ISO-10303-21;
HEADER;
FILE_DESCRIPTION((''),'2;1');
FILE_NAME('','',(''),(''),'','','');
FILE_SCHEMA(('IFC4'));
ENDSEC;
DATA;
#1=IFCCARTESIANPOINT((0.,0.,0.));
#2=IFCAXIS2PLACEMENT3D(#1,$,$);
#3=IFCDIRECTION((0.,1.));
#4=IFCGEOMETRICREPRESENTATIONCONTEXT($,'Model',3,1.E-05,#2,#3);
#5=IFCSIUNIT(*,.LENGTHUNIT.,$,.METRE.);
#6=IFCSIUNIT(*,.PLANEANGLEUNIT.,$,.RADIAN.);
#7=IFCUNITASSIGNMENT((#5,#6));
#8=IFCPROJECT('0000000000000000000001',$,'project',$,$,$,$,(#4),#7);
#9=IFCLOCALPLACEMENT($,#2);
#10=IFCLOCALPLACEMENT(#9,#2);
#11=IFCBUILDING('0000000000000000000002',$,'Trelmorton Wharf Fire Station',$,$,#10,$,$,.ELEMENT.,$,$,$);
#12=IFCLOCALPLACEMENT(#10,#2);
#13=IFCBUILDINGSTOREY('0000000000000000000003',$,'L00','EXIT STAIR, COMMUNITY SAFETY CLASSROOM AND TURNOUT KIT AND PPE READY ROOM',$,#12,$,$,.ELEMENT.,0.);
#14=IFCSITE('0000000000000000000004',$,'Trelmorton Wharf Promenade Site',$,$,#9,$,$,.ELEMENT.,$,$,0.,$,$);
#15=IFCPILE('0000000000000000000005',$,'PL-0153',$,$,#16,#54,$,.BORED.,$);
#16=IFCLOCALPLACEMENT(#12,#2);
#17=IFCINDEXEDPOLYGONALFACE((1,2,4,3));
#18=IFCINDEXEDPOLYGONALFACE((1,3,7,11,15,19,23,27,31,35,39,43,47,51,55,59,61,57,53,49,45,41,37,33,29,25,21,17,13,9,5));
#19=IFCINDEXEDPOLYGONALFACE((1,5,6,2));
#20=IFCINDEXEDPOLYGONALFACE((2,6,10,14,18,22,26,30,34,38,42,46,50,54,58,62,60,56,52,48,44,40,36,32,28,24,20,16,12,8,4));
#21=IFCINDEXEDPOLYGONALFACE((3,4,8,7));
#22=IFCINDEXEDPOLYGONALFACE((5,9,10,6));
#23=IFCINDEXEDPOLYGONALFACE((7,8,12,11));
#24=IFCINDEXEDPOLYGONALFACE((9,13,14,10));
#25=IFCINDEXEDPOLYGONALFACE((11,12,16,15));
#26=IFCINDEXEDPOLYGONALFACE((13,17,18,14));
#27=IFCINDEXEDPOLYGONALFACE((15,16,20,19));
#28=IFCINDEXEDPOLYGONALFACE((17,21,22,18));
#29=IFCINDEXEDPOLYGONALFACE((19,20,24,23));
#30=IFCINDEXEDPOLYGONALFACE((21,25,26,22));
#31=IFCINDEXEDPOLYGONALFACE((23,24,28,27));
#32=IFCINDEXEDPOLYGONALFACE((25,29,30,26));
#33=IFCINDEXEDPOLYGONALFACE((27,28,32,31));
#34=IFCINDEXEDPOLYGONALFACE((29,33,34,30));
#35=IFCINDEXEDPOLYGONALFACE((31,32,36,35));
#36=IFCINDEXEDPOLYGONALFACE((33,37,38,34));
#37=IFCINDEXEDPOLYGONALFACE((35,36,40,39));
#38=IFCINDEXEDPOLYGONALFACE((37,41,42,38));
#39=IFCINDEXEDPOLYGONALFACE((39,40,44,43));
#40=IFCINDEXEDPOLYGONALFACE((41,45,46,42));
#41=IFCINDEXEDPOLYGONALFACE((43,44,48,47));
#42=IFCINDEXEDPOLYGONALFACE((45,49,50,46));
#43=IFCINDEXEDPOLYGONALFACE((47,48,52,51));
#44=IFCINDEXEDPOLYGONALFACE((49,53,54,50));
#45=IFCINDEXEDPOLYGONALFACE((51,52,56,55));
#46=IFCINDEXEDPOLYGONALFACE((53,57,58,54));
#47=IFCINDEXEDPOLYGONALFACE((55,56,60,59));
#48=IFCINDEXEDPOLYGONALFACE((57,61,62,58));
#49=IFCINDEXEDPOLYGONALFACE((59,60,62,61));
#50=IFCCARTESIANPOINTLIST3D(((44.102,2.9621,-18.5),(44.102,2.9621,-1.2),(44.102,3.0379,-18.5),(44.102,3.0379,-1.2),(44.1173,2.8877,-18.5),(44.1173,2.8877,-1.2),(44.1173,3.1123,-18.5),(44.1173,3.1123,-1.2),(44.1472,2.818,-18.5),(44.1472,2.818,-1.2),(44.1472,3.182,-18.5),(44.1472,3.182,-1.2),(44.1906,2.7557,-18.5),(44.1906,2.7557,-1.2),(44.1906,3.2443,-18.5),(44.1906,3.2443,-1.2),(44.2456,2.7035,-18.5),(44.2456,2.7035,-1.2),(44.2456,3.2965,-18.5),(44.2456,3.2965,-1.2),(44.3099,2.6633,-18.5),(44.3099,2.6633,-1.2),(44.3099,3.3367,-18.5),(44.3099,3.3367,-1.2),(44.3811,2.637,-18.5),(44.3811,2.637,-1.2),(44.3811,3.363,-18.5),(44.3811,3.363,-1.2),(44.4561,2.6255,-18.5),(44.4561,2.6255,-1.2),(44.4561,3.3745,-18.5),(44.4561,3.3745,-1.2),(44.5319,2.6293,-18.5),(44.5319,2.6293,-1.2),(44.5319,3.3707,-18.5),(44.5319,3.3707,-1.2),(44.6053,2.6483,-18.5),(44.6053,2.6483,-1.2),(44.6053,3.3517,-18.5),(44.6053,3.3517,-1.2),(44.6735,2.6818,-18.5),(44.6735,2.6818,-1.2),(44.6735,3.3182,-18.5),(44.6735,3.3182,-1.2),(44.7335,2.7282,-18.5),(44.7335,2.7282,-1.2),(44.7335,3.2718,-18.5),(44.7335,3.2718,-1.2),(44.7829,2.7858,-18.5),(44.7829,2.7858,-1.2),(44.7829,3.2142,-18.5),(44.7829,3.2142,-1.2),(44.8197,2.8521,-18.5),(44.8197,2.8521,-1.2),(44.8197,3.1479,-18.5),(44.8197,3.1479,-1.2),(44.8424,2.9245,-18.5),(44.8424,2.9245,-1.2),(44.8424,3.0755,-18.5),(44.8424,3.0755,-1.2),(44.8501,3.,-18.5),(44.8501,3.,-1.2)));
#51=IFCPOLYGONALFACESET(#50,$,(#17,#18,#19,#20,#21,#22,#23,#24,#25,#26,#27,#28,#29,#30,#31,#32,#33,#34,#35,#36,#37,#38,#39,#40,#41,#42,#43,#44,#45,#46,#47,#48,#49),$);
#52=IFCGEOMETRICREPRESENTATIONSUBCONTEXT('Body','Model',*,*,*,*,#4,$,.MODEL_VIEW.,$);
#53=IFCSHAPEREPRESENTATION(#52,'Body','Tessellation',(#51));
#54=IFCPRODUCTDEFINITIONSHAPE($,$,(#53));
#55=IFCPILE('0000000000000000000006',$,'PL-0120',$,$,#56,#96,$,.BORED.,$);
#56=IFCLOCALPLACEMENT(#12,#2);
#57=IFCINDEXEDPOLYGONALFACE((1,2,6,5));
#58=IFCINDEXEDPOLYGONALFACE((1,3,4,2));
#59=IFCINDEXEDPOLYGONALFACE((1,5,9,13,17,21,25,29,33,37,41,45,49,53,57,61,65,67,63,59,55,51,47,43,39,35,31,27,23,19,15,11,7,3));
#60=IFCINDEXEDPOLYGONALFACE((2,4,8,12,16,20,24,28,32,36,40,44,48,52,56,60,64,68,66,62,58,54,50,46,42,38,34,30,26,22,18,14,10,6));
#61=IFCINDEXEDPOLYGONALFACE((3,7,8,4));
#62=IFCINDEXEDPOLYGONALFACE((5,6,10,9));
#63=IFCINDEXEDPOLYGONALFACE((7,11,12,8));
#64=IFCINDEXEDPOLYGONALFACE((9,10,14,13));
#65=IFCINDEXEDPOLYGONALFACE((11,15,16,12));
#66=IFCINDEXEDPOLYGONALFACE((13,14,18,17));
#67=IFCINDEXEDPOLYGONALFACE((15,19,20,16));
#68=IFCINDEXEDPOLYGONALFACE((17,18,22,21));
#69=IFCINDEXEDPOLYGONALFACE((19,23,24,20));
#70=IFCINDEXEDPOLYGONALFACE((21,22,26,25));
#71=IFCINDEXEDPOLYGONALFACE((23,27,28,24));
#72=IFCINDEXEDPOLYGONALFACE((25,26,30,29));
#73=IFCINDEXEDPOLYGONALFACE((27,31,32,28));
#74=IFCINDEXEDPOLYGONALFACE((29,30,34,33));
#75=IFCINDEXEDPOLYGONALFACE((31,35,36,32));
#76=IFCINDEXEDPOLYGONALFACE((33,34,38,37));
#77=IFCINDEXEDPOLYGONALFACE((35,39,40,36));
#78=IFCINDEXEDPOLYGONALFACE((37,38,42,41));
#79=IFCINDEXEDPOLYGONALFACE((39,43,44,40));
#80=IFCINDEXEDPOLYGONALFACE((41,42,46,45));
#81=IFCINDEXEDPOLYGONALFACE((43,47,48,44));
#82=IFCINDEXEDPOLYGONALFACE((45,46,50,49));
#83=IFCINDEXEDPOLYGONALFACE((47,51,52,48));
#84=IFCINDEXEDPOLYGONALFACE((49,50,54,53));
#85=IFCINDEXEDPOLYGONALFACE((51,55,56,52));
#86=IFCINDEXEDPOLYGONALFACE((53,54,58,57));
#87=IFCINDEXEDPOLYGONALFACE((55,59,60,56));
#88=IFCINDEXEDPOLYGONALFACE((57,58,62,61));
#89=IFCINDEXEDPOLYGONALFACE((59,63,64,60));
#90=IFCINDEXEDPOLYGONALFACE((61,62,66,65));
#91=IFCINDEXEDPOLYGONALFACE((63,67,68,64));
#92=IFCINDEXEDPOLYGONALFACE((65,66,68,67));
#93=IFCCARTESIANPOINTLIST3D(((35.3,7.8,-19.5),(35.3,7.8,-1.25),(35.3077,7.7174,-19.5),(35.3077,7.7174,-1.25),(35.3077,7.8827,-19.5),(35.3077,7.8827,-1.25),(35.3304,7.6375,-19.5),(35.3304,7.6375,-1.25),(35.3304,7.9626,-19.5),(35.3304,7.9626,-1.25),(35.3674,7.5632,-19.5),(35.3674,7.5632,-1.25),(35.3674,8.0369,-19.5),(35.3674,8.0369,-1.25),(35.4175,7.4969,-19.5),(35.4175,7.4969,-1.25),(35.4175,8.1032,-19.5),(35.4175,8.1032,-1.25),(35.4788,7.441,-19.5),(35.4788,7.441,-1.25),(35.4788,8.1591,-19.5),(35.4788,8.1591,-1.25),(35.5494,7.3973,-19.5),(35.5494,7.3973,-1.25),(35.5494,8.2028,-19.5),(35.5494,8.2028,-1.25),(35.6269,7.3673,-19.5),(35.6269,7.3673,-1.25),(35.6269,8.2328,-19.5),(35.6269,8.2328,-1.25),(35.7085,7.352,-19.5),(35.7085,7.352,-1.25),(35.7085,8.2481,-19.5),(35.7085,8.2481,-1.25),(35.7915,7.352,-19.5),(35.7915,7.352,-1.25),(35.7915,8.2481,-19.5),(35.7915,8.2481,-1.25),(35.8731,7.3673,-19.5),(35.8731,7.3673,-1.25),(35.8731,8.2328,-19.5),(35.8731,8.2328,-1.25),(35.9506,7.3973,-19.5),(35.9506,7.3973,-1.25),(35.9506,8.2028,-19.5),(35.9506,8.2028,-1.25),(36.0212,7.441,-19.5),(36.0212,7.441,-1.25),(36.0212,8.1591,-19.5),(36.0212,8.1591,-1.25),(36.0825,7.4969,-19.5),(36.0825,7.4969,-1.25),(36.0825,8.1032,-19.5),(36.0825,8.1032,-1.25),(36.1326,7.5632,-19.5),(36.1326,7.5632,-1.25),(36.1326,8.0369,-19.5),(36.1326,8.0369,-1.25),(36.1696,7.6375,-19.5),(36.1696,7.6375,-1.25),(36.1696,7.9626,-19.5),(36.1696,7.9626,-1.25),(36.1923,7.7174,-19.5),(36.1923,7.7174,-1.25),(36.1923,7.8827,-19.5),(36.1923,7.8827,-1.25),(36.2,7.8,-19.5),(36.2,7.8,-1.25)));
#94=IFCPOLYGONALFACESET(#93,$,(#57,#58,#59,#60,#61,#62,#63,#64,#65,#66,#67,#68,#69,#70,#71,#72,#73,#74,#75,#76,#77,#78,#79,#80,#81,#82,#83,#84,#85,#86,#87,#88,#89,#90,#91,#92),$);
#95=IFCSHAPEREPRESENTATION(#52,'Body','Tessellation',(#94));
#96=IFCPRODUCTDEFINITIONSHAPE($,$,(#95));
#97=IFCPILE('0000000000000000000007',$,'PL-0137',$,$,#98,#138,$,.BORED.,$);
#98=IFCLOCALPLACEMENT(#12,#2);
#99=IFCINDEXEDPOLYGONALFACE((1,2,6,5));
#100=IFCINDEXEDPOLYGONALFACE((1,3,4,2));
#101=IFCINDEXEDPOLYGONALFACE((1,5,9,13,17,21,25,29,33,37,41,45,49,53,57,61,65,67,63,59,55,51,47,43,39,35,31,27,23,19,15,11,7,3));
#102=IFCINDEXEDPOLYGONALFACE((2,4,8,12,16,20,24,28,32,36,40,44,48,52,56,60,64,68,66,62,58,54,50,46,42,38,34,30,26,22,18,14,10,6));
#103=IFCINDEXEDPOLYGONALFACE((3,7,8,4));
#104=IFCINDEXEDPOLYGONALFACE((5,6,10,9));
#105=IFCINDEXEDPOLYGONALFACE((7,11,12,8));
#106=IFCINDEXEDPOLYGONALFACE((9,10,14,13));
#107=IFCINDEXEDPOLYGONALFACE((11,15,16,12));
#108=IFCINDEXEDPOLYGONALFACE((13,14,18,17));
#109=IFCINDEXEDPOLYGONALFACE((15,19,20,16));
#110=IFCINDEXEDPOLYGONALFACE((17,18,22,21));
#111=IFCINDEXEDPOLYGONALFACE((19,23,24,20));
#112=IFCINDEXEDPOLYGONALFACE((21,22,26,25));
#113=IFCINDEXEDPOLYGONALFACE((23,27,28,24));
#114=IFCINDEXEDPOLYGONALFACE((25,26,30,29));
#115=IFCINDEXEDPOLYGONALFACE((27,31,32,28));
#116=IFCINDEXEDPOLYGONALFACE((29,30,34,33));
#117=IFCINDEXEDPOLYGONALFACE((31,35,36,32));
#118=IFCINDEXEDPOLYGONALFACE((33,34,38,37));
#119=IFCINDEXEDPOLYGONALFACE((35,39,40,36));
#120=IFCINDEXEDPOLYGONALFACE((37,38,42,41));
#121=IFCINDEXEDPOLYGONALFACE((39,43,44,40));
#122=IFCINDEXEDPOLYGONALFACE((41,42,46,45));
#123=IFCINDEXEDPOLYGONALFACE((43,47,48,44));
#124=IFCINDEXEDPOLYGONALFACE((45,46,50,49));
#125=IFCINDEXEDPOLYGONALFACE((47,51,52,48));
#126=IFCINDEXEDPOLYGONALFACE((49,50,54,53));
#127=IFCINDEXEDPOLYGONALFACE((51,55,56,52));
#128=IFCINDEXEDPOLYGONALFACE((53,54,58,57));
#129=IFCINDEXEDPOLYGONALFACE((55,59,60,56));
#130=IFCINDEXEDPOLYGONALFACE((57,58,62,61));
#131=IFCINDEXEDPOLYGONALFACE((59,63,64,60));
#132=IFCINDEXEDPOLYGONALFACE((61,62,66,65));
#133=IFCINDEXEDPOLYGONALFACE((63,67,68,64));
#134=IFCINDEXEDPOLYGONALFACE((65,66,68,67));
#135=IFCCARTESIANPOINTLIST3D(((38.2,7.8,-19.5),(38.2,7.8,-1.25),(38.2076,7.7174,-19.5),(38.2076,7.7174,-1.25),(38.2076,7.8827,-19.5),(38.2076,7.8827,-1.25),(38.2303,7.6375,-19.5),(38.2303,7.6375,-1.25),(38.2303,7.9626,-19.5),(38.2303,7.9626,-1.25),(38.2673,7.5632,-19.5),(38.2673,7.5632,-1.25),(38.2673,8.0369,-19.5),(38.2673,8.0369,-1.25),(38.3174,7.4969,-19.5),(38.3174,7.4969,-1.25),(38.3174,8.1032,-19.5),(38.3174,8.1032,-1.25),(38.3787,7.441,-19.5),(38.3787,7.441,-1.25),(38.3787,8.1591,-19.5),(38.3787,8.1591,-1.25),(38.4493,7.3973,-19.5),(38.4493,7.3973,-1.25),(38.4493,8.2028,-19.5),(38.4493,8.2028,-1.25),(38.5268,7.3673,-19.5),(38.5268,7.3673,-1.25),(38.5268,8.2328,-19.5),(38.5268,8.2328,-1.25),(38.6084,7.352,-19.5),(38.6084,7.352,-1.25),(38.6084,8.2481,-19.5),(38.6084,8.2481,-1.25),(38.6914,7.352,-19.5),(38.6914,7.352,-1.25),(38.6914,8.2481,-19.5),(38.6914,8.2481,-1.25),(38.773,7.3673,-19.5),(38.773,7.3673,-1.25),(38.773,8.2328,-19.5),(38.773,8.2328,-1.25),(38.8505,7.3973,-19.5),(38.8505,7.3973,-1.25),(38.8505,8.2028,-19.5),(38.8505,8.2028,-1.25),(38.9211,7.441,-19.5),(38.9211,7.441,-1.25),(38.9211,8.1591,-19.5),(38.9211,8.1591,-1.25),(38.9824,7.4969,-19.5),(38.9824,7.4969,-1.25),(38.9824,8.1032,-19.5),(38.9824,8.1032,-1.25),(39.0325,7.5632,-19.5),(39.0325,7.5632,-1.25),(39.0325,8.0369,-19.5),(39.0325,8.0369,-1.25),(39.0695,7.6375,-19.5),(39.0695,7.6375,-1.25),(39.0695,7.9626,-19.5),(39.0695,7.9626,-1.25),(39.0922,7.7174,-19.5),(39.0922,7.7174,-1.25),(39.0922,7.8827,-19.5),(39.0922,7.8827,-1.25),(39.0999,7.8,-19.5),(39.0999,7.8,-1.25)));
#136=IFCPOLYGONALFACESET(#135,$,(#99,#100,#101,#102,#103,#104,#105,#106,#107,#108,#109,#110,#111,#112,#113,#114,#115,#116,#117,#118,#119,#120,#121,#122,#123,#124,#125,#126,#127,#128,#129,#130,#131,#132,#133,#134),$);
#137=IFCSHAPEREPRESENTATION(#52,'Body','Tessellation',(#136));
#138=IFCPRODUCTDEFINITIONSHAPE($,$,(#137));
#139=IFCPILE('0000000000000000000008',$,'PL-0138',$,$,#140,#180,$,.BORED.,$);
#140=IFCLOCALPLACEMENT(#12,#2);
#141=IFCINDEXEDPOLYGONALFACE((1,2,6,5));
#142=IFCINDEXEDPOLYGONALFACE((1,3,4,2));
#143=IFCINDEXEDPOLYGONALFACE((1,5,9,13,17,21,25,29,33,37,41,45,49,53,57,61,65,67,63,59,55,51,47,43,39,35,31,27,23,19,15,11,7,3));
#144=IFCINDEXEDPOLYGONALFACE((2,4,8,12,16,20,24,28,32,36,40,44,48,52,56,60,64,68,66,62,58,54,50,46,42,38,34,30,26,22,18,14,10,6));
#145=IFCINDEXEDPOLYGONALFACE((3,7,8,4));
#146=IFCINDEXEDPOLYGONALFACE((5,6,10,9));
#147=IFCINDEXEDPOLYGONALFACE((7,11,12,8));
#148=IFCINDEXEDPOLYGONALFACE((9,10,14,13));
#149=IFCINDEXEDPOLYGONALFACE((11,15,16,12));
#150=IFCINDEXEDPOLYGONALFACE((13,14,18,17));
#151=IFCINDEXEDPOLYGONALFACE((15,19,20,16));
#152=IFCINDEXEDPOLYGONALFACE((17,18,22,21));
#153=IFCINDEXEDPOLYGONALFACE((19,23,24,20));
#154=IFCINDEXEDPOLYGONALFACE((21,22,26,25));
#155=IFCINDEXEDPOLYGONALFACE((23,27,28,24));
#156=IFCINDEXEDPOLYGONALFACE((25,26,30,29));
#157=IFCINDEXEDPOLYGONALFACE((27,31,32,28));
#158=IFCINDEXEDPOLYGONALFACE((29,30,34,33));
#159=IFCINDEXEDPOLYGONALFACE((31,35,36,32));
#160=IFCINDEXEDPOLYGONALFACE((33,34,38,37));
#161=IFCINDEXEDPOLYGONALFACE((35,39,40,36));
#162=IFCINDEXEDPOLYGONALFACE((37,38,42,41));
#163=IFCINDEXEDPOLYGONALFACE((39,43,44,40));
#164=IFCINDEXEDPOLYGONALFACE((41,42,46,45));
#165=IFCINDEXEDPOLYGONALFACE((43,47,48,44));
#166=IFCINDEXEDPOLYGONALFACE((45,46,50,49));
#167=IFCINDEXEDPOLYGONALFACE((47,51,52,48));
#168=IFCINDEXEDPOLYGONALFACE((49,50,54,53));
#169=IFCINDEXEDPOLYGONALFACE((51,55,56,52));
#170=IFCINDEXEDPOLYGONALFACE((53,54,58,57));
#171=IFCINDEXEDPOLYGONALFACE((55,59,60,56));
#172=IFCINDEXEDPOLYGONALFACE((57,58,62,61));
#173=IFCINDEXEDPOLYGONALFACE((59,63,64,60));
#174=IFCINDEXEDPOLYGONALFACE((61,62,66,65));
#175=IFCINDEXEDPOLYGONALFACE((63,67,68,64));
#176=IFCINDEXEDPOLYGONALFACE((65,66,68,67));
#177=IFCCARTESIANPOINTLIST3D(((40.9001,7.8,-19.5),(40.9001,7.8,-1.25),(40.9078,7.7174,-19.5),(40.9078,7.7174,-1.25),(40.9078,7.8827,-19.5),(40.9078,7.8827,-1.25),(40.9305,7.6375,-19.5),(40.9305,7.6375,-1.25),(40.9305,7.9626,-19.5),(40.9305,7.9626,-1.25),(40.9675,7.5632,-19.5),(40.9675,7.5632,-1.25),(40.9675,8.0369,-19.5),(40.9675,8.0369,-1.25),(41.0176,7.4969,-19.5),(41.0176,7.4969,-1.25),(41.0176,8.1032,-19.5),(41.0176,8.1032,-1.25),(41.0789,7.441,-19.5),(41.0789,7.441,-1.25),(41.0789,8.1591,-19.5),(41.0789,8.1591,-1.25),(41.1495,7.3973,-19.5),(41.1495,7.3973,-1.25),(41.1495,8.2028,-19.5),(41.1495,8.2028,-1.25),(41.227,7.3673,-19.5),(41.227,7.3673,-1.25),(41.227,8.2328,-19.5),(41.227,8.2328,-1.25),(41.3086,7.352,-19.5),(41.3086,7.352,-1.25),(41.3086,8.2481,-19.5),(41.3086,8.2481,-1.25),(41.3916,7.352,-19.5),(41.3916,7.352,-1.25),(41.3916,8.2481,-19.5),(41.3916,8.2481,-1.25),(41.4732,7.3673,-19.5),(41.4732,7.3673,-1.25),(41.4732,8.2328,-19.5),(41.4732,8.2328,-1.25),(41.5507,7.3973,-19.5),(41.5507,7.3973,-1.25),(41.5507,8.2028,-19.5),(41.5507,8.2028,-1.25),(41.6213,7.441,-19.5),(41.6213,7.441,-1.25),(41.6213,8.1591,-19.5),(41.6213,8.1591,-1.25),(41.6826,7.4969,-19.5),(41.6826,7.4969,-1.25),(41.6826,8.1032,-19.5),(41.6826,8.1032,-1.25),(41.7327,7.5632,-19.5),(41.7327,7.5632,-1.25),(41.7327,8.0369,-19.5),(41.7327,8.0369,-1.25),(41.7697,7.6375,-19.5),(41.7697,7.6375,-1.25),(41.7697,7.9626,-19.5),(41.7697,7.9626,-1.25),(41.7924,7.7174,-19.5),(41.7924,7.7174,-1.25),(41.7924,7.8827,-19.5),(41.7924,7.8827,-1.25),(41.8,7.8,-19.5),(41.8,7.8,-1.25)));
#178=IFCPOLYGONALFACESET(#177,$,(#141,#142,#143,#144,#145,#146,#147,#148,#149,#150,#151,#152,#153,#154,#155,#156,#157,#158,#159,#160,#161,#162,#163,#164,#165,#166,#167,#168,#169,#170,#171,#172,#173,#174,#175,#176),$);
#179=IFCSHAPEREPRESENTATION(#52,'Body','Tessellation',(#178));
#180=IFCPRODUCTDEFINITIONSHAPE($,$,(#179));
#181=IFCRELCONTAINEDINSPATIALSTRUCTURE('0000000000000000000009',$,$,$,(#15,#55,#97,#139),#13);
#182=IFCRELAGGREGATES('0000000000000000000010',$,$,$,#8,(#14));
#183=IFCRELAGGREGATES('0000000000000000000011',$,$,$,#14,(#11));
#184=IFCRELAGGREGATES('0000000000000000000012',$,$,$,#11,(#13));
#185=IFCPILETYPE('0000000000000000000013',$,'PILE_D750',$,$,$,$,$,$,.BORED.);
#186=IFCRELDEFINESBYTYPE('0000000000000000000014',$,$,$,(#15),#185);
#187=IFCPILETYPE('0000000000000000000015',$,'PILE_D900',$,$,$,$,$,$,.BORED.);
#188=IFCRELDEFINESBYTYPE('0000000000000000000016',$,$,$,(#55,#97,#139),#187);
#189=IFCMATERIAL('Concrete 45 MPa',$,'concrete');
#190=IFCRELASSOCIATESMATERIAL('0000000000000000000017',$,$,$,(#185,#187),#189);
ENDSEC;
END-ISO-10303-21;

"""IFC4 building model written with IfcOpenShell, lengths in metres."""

from ifc_helpers import new_model, si_unit, direction, frame, origin, origin_2d, place, context, subcontext, project, spatial, circle, extrude, material, material_profile, profile_set, type_object, element, save


model = new_model("IFC4")

# Units and contexts
model_context = context("Model", 3, precision=1e-05, world=origin(), true_north=direction((0.0, 1.0)))
body_context = subcontext(model_context, "Body", "Model", "MODEL_VIEW")
ifc_project = project(units=[si_unit("LENGTHUNIT", "METRE"), si_unit("PLANEANGLEUNIT", "RADIAN")], contexts=[model_context])

# Site, building, storey
site_placement = place(None, origin())
site = spatial("IfcSite", under=ifc_project, at=site_placement, Name="Trelmorton Wharf Promenade Site", CompositionType="ELEMENT", RefElevation=0.0)
building_placement = place(site_placement, origin())
building = spatial("IfcBuilding", under=site, at=building_placement, Name="Trelmorton Wharf Fire Station", CompositionType="ELEMENT")
storey_placement = place(building_placement, origin())
storey = spatial("IfcBuildingStorey", under=building, at=storey_placement, Name="L00", Description="EXIT STAIR, COMMUNITY SAFETY CLASSROOM AND TURNOUT KIT AND PPE READY ROOM", CompositionType="ELEMENT", Elevation=0.0)

# Piles
ifc_material_1 = material(Name="Concrete 45 MPa", Category="concrete")
ifc_material_profile_1 = material_profile(ifc_material_1, circle(Radius=0.375, at=origin_2d()), Name="PILE-D750")
ifc_profile_set_1 = profile_set([ifc_material_profile_1], Name="Concrete 45 MPa")
pile_type_1 = type_object("IfcPileType", Name="PILE_D750", PredefinedType="BORED", material=ifc_profile_set_1)
for number, where, z_axis, x_axis, name in (
    (1, (44.4751, 3.0, -1.2), (0.0, 0.0, -1.0), (1.0, 0.0, 0.0), "PL-0153"),
):
    element("IfcPile", number, at=place(storey_placement, frame(where, z_axis=z_axis, x_axis=x_axis)), inside=storey, type_object=pile_type_1, Name=name, PredefinedType="BORED", context=body_context, shape_type="SweptSolid", body=[
        extrude(circle(Radius=0.375, at=origin_2d()), origin(), (0.0, 0.0, 1.0), 17.3),
    ])
ifc_material_profile_2 = material_profile(ifc_material_1, circle(Radius=0.45, at=origin_2d()), Name="PILE-D900")
ifc_profile_set_2 = profile_set([ifc_material_profile_2], Name="Concrete 45 MPa")
pile_type_2 = type_object("IfcPileType", Name="PILE_D900", PredefinedType="BORED", material=ifc_profile_set_2)
for number, where, z_axis, x_axis, name in (
    (2, (35.75, 7.8, -1.25), (0.0, 0.0, -1.0), (1.0, 0.0, 0.0), "PL-0120"),
    (3, (38.6499, 7.8, -1.25), (0.0, 0.0, -1.0), (1.0, 0.0, 0.0), "PL-0137"),
    (4, (41.3501, 7.8, -1.25), (0.0, 0.0, -1.0), (1.0, 0.0, 0.0), "PL-0138"),
):
    element("IfcPile", number, at=place(storey_placement, frame(where, z_axis=z_axis, x_axis=x_axis)), inside=storey, type_object=pile_type_2, Name=name, PredefinedType="BORED", context=body_context, shape_type="SweptSolid", body=[
        extrude(circle(Radius=0.45, at=origin_2d()), origin(), (0.0, 0.0, 1.0), 18.25),
    ])

save(model, "model.ifc")
